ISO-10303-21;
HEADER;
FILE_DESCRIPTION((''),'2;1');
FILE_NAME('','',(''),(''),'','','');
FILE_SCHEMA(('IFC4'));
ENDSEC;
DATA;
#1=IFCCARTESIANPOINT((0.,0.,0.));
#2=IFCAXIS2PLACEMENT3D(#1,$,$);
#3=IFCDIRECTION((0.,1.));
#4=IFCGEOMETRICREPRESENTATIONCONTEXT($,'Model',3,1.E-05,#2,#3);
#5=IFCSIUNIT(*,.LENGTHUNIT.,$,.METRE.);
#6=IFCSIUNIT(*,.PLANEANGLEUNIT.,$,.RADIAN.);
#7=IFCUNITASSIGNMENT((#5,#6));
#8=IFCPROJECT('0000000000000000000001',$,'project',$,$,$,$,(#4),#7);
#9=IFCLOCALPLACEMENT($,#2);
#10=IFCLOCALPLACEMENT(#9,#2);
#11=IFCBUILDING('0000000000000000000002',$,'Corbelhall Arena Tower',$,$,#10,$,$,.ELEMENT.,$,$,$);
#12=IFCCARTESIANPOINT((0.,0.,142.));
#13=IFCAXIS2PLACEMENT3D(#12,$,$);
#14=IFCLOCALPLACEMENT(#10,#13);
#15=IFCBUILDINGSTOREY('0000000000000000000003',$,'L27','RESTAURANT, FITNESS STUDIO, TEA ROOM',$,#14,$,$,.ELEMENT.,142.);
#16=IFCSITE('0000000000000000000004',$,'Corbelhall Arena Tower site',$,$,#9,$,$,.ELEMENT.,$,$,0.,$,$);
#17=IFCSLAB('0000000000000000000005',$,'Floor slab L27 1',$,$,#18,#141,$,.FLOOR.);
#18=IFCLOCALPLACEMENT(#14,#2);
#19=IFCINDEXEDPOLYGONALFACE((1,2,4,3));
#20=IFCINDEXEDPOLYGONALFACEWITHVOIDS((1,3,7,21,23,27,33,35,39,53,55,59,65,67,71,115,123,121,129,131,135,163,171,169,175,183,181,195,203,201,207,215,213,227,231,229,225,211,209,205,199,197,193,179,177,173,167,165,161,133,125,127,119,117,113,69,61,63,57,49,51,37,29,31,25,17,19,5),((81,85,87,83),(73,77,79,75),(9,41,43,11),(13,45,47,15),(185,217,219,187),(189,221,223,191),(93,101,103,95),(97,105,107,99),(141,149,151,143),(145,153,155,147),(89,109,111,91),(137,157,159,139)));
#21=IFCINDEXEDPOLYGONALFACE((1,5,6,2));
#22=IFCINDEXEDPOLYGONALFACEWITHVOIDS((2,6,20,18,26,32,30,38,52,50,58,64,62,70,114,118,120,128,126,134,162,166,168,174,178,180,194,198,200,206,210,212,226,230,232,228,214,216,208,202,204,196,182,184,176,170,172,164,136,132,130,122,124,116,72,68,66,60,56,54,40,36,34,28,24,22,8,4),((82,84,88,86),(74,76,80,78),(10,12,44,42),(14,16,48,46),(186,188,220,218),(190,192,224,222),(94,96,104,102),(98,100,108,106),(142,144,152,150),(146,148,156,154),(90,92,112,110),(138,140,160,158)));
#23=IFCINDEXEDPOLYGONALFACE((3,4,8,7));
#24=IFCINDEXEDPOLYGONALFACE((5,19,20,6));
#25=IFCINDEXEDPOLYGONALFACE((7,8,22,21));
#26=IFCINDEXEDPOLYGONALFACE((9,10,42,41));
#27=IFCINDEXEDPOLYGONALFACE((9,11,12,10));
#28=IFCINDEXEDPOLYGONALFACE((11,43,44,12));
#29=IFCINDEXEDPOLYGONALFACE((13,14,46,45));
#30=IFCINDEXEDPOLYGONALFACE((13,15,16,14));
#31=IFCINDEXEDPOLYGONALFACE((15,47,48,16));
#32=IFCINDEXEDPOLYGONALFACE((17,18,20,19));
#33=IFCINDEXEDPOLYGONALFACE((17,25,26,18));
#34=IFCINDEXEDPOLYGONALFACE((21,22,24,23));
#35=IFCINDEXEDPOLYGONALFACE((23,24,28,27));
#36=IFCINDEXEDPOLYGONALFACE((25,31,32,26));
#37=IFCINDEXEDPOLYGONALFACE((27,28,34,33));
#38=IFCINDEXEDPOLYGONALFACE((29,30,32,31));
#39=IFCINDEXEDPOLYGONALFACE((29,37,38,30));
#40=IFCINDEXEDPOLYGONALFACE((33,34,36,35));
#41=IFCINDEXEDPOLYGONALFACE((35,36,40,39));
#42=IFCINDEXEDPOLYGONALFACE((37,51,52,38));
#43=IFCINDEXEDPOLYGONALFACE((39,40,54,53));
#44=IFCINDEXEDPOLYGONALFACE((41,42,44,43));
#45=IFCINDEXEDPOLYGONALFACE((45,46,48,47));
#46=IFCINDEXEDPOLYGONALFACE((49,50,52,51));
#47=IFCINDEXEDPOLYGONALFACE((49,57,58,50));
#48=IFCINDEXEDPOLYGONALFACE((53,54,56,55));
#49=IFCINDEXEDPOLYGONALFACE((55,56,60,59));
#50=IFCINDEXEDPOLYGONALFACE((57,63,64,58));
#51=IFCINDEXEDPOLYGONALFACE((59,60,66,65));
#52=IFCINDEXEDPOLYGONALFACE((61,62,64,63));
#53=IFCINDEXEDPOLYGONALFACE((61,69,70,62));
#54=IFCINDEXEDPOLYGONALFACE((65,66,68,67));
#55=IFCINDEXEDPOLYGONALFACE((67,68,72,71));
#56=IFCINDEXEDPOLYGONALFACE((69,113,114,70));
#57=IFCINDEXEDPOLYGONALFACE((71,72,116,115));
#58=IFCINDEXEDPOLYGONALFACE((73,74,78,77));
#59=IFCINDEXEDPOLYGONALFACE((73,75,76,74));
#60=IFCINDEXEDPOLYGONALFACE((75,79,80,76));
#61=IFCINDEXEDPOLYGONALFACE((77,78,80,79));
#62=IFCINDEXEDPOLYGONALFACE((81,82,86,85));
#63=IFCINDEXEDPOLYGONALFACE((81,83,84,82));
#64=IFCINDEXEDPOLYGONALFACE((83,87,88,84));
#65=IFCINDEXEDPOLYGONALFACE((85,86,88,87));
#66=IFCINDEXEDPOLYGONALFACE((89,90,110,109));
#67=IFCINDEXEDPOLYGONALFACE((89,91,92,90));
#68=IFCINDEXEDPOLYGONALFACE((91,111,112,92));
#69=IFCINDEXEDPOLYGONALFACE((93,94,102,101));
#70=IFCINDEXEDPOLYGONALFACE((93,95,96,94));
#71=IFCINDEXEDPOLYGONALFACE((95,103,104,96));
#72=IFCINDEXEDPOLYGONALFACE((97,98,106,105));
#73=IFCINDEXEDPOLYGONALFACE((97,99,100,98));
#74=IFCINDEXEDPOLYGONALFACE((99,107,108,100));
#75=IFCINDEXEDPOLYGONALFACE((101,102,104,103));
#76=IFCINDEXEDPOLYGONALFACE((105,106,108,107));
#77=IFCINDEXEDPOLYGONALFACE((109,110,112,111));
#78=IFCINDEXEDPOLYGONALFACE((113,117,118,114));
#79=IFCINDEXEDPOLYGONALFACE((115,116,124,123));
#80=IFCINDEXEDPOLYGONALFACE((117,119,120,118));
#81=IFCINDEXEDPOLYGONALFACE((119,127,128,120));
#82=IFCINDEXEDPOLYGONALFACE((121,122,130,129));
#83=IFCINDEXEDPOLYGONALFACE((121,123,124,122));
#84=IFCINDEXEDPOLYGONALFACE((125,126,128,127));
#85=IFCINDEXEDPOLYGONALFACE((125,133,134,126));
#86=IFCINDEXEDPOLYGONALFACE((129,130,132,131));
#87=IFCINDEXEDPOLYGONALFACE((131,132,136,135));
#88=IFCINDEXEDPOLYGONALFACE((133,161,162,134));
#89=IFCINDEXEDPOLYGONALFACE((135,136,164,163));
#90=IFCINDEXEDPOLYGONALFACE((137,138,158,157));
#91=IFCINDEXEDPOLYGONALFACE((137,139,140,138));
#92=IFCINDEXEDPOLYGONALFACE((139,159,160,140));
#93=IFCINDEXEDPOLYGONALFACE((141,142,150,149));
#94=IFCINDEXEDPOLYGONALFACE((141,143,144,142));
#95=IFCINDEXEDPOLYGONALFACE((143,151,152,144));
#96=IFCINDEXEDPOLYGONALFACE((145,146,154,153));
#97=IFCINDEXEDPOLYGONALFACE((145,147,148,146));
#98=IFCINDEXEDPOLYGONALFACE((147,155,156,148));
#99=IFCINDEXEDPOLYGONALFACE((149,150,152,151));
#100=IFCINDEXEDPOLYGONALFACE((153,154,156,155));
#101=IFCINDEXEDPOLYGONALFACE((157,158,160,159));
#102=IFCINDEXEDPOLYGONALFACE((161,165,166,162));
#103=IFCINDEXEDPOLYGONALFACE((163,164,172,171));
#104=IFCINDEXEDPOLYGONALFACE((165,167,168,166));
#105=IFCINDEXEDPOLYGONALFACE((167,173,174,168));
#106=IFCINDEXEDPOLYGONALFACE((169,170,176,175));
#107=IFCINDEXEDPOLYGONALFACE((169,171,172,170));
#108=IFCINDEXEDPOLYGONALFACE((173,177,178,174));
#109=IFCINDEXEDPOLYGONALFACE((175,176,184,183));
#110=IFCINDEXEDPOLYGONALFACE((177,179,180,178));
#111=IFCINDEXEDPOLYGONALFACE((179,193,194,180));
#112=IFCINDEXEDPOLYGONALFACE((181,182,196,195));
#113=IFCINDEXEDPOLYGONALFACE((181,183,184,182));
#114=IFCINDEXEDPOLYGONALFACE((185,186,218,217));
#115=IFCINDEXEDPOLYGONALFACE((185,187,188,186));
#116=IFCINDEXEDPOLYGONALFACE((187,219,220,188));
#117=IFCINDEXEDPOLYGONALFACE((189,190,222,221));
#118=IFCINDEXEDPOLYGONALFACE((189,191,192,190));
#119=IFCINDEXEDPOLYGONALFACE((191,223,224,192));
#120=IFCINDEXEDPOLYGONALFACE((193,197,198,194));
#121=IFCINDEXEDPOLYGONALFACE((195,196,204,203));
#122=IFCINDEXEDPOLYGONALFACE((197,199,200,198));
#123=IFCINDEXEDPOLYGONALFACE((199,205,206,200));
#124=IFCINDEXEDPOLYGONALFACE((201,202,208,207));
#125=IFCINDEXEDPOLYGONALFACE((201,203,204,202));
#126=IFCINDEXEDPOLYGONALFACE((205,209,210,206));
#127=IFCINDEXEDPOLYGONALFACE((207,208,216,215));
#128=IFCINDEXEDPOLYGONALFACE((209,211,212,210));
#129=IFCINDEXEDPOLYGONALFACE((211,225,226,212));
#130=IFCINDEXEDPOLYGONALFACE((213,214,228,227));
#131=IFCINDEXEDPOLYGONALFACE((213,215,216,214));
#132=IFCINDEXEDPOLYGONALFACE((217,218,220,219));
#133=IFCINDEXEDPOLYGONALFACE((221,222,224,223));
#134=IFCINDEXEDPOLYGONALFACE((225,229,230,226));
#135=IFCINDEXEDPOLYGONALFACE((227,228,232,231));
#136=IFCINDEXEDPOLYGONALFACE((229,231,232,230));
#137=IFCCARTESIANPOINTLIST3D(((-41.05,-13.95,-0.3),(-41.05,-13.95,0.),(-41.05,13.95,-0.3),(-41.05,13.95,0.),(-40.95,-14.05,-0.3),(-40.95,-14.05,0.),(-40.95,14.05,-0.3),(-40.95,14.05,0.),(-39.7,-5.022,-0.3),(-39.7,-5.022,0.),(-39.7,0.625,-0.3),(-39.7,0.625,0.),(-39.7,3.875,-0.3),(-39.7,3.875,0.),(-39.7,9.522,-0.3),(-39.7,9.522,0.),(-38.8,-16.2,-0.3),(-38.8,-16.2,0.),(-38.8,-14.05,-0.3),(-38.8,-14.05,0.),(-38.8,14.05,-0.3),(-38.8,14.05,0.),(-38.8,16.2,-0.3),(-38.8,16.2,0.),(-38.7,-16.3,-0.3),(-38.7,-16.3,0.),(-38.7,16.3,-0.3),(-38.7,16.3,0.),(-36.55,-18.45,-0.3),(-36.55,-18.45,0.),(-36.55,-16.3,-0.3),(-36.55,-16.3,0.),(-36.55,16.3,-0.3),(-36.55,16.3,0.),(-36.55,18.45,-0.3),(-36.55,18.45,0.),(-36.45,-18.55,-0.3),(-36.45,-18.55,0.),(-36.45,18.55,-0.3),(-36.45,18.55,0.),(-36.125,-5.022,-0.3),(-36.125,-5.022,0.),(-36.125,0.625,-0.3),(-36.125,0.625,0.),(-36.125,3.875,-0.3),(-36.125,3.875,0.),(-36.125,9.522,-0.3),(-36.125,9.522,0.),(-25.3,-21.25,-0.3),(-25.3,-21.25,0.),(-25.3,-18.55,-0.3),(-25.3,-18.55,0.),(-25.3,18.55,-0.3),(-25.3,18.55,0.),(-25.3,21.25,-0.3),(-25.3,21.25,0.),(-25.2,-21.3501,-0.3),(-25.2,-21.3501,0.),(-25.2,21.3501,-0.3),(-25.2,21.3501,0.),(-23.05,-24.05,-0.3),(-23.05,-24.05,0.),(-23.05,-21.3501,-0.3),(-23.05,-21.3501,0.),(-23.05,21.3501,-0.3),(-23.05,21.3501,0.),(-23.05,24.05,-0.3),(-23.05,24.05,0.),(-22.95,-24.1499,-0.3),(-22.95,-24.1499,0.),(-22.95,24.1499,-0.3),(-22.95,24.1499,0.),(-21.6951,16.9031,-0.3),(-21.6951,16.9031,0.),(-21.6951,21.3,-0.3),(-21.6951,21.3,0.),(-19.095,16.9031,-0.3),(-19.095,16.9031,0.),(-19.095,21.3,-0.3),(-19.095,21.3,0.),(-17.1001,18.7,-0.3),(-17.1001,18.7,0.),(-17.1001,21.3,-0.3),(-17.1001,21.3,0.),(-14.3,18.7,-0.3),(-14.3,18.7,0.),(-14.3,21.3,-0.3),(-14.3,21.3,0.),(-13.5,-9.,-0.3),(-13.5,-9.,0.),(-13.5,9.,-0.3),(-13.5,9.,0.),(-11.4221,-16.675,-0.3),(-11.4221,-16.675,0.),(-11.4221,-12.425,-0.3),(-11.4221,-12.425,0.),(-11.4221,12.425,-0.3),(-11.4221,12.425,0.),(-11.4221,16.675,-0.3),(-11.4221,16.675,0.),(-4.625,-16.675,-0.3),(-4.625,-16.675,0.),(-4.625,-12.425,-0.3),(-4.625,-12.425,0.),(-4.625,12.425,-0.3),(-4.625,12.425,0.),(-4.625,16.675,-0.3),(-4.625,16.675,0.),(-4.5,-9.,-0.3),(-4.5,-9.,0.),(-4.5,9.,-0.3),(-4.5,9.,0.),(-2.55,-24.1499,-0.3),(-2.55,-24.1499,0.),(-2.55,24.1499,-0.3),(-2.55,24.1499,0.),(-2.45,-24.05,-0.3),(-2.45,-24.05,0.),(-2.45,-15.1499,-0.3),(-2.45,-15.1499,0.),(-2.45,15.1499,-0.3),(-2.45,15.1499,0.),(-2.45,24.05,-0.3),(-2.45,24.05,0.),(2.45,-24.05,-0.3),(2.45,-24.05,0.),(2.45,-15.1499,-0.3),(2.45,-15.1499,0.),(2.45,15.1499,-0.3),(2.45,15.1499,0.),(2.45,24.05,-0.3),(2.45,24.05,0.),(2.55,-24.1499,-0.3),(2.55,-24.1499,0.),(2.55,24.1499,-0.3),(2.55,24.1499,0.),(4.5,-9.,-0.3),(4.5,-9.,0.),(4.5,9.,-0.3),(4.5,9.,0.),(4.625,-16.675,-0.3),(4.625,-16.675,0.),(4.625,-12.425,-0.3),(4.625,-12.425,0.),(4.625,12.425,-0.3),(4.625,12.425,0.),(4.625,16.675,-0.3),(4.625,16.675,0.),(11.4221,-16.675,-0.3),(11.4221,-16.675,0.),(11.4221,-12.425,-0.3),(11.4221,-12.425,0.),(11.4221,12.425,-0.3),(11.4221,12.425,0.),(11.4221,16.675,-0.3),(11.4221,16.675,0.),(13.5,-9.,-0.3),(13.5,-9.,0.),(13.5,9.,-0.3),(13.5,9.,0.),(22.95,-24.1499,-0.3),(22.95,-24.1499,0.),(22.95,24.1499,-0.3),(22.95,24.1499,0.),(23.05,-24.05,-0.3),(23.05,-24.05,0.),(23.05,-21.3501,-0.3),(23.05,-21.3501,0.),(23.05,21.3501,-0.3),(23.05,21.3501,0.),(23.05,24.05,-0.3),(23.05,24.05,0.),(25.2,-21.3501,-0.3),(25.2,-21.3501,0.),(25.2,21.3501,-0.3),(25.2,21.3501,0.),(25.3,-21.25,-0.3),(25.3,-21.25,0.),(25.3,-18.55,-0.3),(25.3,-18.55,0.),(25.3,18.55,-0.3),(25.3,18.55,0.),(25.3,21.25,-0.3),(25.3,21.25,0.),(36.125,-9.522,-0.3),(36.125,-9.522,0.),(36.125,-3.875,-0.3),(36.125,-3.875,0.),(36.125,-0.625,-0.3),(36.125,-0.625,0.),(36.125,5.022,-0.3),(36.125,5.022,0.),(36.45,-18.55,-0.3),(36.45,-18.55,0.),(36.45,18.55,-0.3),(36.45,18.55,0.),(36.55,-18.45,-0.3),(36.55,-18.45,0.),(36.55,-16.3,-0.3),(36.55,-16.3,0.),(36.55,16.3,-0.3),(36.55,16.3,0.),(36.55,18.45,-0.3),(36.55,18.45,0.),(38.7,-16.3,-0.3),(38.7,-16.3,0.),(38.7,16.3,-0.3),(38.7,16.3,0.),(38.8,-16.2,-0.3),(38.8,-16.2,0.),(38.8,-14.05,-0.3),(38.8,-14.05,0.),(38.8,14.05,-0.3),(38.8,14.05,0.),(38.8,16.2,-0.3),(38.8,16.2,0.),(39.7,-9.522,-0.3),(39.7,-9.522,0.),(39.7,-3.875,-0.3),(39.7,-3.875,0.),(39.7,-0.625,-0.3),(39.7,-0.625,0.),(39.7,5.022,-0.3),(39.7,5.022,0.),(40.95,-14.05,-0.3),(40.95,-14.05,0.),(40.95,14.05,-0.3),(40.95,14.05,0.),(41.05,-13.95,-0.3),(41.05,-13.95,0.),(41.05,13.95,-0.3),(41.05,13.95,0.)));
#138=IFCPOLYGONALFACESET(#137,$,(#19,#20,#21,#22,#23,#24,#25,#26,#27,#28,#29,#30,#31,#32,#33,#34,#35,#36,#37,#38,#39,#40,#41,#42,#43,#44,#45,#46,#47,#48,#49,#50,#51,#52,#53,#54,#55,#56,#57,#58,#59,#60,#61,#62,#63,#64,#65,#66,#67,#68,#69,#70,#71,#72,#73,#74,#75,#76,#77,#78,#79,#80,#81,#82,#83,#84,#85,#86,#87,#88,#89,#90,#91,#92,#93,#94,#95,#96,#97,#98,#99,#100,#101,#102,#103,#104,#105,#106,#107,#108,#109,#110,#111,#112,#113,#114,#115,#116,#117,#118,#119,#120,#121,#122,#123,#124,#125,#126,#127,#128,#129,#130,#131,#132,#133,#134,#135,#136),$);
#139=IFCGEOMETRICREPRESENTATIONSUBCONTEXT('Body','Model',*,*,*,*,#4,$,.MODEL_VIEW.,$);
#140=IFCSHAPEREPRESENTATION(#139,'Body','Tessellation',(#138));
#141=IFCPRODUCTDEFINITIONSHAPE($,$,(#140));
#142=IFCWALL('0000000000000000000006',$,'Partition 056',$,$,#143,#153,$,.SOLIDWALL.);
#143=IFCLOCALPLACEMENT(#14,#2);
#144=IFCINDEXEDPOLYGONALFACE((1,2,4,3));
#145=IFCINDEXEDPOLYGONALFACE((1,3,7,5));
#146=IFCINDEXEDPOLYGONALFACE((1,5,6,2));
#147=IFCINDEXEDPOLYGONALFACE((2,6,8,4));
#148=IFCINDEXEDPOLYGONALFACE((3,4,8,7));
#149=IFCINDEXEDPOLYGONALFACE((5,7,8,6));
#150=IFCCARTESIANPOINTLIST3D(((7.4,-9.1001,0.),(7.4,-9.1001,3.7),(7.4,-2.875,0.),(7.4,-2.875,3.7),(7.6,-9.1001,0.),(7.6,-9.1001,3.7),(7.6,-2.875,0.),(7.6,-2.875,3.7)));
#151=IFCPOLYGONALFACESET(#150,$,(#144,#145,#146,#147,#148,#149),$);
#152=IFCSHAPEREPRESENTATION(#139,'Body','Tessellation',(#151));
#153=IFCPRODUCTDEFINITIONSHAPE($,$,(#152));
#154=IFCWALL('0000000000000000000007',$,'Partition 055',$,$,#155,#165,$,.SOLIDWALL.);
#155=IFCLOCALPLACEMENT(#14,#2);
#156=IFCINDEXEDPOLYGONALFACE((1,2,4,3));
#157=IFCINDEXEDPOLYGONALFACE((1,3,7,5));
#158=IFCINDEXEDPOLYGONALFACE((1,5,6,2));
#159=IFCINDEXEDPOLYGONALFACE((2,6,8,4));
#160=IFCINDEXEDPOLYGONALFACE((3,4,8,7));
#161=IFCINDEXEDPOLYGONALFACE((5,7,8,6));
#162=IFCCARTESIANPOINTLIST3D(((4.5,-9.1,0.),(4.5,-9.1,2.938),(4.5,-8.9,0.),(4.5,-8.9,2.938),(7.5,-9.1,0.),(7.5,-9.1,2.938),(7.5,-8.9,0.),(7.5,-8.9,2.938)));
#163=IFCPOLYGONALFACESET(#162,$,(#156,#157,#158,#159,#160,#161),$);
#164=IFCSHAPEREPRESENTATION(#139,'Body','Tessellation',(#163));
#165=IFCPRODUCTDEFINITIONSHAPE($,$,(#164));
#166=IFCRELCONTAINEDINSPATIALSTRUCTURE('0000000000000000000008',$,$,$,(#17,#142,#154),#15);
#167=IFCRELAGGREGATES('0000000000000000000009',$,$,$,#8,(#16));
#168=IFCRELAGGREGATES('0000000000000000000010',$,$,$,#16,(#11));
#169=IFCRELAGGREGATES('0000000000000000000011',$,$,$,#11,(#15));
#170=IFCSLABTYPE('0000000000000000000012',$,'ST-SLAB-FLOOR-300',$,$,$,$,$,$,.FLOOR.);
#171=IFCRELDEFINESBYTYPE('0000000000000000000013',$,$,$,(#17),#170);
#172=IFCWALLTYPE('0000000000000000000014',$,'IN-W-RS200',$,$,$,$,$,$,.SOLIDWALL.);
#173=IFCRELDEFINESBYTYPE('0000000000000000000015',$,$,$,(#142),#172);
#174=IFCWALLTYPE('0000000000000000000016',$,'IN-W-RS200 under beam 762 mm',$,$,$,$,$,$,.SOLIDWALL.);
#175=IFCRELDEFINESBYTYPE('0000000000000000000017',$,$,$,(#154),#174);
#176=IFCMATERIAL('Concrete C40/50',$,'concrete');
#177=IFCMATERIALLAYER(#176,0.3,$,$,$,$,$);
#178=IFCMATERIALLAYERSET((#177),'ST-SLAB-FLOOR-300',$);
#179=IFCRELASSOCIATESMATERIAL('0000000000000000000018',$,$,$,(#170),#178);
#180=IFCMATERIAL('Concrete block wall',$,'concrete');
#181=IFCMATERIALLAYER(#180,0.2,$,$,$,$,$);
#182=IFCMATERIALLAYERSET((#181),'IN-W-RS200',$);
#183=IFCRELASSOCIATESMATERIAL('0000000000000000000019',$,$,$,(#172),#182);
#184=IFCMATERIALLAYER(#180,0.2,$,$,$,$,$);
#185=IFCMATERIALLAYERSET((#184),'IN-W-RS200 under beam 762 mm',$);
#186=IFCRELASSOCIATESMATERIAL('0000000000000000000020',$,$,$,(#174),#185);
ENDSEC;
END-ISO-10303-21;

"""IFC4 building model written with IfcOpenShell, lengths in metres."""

from ifc_helpers import new_model, si_unit, direction, frame, frame_2d, origin, place, context, subcontext, project, spatial, polyline, rectangle, outline, extrude, material, layer, layer_set, type_object, element, save


model = new_model("IFC4")

# Units and contexts
model_context = context("Model", 3, precision=1e-05, world=origin(), true_north=direction((0.0, 1.0)))
body_context = subcontext(model_context, "Body", "Model", "MODEL_VIEW")
ifc_project = project(units=[si_unit("LENGTHUNIT", "METRE"), si_unit("PLANEANGLEUNIT", "RADIAN")], contexts=[model_context])

# Site, building, storey
site_placement = place(None, origin())
site = spatial("IfcSite", under=ifc_project, at=site_placement, Name="Corbelhall Arena Tower site", CompositionType="ELEMENT", RefElevation=0.0)
building_placement = place(site_placement, origin())
building = spatial("IfcBuilding", under=site, at=building_placement, Name="Corbelhall Arena Tower", CompositionType="ELEMENT")
storey_placement = place(building_placement, frame((0.0, 0.0, 142.0)))
storey = spatial("IfcBuildingStorey", under=building, at=storey_placement, Name="L27", Description="RESTAURANT, FITNESS STUDIO, TEA ROOM", CompositionType="ELEMENT", Elevation=142.0)

# Shared definitions
ifc_material_1 = material(Name="Concrete C40/50", Category="concrete")

# Slab
ifc_layer_1 = layer(ifc_material_1, 0.3)
ifc_layer_set_1 = layer_set([ifc_layer_1], Name="ST-SLAB-FLOOR-300")
slab_type_1 = type_object("IfcSlabType", Name="ST-SLAB-FLOOR-300", PredefinedType="FLOOR", material=ifc_layer_set_1)
slab_1_placement = place(storey_placement, frame((0.0, 0.0, -0.3)))
element("IfcSlab", 1, at=slab_1_placement, inside=storey, type_object=slab_type_1, Name="Floor slab L27 1", PredefinedType="FLOOR", context=body_context, shape_type="SweptSolid", body=[
    extrude(outline(polyline([(25.3, 18.55), (25.3, 21.25), (25.2, 21.3501), (23.05, 21.3501), (23.05, 24.05), (22.95, 24.1499), (2.55, 24.1499), (2.45, 24.05), (2.45, 15.1499), (-2.45, 15.1499), (-2.45, 24.05), (-2.55, 24.1499), (-22.95, 24.1499), (-23.05, 24.05), (-23.05, 21.3501), (-25.2, 21.3501), (-25.3, 21.25), (-25.3, 18.55), (-36.45, 18.55), (-36.55, 18.45), (-36.55, 16.3), (-38.7, 16.3), (-38.8, 16.2), (-38.8, 14.05), (-40.95, 14.05), (-41.05, 13.95), (-41.05, -13.95), (-40.95, -14.05), (-38.8, -14.05), (-38.8, -16.2), (-38.7, -16.3), (-36.55, -16.3), (-36.55, -18.45), (-36.45, -18.55), (-25.3, -18.55), (-25.3, -21.25), (-25.2, -21.3501), (-23.05, -21.3501), (-23.05, -24.05), (-22.95, -24.1499), (-2.55, -24.1499), (-2.45, -24.05), (-2.45, -15.1499), (2.45, -15.1499), (2.45, -24.05), (2.55, -24.1499), (22.95, -24.1499), (23.05, -24.05), (23.05, -21.3501), (25.2, -21.3501), (25.3, -21.25), (25.3, -18.55), (36.45, -18.55), (36.55, -18.45), (36.55, -16.3), (38.7, -16.3), (38.8, -16.2), (38.8, -14.05), (40.95, -14.05), (41.05, -13.95), (41.05, 13.95), (40.95, 14.05), (38.8, 14.05), (38.8, 16.2), (38.7, 16.3), (36.55, 16.3), (36.55, 18.45), (36.45, 18.55), (25.3, 18.55)]), holes=[polyline([(-13.5, 9.0), (-13.5, -9.0), (-4.5, -9.0), (-4.5, 9.0), (-13.5, 9.0)]), polyline([(4.5, 9.0), (4.5, -9.0), (13.5, -9.0), (13.5, 9.0), (4.5, 9.0)]), polyline([(-4.625, 16.675), (-11.4221, 16.675), (-11.4221, 12.425), (-4.625, 12.425), (-4.625, 16.675)]), polyline([(-4.625, -16.675), (-4.625, -12.425), (-11.4221, -12.425), (-11.4221, -16.675), (-4.625, -16.675)]), polyline([(11.4221, 16.675), (4.625, 16.675), (4.625, 12.425), (11.4221, 12.425), (11.4221, 16.675)]), polyline([(11.4221, -16.675), (11.4221, -12.425), (4.625, -12.425), (4.625, -16.675), (11.4221, -16.675)]), polyline([(-36.125, 3.875), (-36.125, 9.522), (-39.7, 9.522), (-39.7, 3.875), (-36.125, 3.875)]), polyline([(-36.125, 0.625), (-39.7, 0.625), (-39.7, -5.022), (-36.125, -5.022), (-36.125, 0.625)]), polyline([(39.7, -9.522), (39.7, -3.875), (36.125, -3.875), (36.125, -9.522), (39.7, -9.522)]), polyline([(39.7, 5.022), (36.125, 5.022), (36.125, -0.625), (39.7, -0.625), (39.7, 5.022)]), polyline([(-21.6951, 21.3), (-21.6951, 16.9031), (-19.095, 16.9031), (-19.095, 21.3), (-21.6951, 21.3)]), polyline([(-14.3, 21.3), (-17.1001, 21.3), (-17.1001, 18.7), (-14.3, 18.7), (-14.3, 21.3)])]), origin(), (0.0, 0.0, 1.0), 0.3),
])

# Wall
ifc_material_2 = material(Name="Concrete block wall", Category="concrete")
ifc_layer_2 = layer(ifc_material_2, 0.2)
ifc_layer_set_2 = layer_set([ifc_layer_2], Name="IN-W-RS200")
wall_type_1 = type_object("IfcWallType", Name="IN-W-RS200", PredefinedType="SOLIDWALL", material=ifc_layer_set_2)
wall_1_placement = place(storey_placement, frame((7.5, -2.875, 0.0), z_axis=(0.0, 0.0, 1.0), x_axis=(0.0, -1.0, 0.0)))
element("IfcWall", 2, at=wall_1_placement, inside=storey, type_object=wall_type_1, Name="Partition 056", PredefinedType="SOLIDWALL", context=body_context, shape_type="SweptSolid", body=[
    extrude(rectangle(XDim=6.2251, YDim=0.2, at=frame_2d((3.1125, 0.0))), origin(), (0.0, 0.0, 1.0), 3.7),
])

# Shared definitions
ifc_layer_3 = layer(ifc_material_2, 0.2)
ifc_layer_set_3 = layer_set([ifc_layer_3], Name="IN-W-RS200 under beam 762 mm")
wall_type_2 = type_object("IfcWallType", Name="IN-W-RS200 under beam 762 mm", PredefinedType="SOLIDWALL", material=ifc_layer_set_3)

# Wall
wall_2_placement = place(storey_placement, frame((7.5, -9.0, 0.0), z_axis=(0.0, 0.0, 1.0), x_axis=(-1.0, 0.0, 0.0)))
element("IfcWall", 3, at=wall_2_placement, inside=storey, type_object=wall_type_2, Name="Partition 055", PredefinedType="SOLIDWALL", context=body_context, shape_type="SweptSolid", body=[
    extrude(rectangle(XDim=3.0, YDim=0.2, at=frame_2d((1.5, 0.0))), origin(), (0.0, 0.0, 1.0), 2.938),
])

save(model, "model.ifc")
